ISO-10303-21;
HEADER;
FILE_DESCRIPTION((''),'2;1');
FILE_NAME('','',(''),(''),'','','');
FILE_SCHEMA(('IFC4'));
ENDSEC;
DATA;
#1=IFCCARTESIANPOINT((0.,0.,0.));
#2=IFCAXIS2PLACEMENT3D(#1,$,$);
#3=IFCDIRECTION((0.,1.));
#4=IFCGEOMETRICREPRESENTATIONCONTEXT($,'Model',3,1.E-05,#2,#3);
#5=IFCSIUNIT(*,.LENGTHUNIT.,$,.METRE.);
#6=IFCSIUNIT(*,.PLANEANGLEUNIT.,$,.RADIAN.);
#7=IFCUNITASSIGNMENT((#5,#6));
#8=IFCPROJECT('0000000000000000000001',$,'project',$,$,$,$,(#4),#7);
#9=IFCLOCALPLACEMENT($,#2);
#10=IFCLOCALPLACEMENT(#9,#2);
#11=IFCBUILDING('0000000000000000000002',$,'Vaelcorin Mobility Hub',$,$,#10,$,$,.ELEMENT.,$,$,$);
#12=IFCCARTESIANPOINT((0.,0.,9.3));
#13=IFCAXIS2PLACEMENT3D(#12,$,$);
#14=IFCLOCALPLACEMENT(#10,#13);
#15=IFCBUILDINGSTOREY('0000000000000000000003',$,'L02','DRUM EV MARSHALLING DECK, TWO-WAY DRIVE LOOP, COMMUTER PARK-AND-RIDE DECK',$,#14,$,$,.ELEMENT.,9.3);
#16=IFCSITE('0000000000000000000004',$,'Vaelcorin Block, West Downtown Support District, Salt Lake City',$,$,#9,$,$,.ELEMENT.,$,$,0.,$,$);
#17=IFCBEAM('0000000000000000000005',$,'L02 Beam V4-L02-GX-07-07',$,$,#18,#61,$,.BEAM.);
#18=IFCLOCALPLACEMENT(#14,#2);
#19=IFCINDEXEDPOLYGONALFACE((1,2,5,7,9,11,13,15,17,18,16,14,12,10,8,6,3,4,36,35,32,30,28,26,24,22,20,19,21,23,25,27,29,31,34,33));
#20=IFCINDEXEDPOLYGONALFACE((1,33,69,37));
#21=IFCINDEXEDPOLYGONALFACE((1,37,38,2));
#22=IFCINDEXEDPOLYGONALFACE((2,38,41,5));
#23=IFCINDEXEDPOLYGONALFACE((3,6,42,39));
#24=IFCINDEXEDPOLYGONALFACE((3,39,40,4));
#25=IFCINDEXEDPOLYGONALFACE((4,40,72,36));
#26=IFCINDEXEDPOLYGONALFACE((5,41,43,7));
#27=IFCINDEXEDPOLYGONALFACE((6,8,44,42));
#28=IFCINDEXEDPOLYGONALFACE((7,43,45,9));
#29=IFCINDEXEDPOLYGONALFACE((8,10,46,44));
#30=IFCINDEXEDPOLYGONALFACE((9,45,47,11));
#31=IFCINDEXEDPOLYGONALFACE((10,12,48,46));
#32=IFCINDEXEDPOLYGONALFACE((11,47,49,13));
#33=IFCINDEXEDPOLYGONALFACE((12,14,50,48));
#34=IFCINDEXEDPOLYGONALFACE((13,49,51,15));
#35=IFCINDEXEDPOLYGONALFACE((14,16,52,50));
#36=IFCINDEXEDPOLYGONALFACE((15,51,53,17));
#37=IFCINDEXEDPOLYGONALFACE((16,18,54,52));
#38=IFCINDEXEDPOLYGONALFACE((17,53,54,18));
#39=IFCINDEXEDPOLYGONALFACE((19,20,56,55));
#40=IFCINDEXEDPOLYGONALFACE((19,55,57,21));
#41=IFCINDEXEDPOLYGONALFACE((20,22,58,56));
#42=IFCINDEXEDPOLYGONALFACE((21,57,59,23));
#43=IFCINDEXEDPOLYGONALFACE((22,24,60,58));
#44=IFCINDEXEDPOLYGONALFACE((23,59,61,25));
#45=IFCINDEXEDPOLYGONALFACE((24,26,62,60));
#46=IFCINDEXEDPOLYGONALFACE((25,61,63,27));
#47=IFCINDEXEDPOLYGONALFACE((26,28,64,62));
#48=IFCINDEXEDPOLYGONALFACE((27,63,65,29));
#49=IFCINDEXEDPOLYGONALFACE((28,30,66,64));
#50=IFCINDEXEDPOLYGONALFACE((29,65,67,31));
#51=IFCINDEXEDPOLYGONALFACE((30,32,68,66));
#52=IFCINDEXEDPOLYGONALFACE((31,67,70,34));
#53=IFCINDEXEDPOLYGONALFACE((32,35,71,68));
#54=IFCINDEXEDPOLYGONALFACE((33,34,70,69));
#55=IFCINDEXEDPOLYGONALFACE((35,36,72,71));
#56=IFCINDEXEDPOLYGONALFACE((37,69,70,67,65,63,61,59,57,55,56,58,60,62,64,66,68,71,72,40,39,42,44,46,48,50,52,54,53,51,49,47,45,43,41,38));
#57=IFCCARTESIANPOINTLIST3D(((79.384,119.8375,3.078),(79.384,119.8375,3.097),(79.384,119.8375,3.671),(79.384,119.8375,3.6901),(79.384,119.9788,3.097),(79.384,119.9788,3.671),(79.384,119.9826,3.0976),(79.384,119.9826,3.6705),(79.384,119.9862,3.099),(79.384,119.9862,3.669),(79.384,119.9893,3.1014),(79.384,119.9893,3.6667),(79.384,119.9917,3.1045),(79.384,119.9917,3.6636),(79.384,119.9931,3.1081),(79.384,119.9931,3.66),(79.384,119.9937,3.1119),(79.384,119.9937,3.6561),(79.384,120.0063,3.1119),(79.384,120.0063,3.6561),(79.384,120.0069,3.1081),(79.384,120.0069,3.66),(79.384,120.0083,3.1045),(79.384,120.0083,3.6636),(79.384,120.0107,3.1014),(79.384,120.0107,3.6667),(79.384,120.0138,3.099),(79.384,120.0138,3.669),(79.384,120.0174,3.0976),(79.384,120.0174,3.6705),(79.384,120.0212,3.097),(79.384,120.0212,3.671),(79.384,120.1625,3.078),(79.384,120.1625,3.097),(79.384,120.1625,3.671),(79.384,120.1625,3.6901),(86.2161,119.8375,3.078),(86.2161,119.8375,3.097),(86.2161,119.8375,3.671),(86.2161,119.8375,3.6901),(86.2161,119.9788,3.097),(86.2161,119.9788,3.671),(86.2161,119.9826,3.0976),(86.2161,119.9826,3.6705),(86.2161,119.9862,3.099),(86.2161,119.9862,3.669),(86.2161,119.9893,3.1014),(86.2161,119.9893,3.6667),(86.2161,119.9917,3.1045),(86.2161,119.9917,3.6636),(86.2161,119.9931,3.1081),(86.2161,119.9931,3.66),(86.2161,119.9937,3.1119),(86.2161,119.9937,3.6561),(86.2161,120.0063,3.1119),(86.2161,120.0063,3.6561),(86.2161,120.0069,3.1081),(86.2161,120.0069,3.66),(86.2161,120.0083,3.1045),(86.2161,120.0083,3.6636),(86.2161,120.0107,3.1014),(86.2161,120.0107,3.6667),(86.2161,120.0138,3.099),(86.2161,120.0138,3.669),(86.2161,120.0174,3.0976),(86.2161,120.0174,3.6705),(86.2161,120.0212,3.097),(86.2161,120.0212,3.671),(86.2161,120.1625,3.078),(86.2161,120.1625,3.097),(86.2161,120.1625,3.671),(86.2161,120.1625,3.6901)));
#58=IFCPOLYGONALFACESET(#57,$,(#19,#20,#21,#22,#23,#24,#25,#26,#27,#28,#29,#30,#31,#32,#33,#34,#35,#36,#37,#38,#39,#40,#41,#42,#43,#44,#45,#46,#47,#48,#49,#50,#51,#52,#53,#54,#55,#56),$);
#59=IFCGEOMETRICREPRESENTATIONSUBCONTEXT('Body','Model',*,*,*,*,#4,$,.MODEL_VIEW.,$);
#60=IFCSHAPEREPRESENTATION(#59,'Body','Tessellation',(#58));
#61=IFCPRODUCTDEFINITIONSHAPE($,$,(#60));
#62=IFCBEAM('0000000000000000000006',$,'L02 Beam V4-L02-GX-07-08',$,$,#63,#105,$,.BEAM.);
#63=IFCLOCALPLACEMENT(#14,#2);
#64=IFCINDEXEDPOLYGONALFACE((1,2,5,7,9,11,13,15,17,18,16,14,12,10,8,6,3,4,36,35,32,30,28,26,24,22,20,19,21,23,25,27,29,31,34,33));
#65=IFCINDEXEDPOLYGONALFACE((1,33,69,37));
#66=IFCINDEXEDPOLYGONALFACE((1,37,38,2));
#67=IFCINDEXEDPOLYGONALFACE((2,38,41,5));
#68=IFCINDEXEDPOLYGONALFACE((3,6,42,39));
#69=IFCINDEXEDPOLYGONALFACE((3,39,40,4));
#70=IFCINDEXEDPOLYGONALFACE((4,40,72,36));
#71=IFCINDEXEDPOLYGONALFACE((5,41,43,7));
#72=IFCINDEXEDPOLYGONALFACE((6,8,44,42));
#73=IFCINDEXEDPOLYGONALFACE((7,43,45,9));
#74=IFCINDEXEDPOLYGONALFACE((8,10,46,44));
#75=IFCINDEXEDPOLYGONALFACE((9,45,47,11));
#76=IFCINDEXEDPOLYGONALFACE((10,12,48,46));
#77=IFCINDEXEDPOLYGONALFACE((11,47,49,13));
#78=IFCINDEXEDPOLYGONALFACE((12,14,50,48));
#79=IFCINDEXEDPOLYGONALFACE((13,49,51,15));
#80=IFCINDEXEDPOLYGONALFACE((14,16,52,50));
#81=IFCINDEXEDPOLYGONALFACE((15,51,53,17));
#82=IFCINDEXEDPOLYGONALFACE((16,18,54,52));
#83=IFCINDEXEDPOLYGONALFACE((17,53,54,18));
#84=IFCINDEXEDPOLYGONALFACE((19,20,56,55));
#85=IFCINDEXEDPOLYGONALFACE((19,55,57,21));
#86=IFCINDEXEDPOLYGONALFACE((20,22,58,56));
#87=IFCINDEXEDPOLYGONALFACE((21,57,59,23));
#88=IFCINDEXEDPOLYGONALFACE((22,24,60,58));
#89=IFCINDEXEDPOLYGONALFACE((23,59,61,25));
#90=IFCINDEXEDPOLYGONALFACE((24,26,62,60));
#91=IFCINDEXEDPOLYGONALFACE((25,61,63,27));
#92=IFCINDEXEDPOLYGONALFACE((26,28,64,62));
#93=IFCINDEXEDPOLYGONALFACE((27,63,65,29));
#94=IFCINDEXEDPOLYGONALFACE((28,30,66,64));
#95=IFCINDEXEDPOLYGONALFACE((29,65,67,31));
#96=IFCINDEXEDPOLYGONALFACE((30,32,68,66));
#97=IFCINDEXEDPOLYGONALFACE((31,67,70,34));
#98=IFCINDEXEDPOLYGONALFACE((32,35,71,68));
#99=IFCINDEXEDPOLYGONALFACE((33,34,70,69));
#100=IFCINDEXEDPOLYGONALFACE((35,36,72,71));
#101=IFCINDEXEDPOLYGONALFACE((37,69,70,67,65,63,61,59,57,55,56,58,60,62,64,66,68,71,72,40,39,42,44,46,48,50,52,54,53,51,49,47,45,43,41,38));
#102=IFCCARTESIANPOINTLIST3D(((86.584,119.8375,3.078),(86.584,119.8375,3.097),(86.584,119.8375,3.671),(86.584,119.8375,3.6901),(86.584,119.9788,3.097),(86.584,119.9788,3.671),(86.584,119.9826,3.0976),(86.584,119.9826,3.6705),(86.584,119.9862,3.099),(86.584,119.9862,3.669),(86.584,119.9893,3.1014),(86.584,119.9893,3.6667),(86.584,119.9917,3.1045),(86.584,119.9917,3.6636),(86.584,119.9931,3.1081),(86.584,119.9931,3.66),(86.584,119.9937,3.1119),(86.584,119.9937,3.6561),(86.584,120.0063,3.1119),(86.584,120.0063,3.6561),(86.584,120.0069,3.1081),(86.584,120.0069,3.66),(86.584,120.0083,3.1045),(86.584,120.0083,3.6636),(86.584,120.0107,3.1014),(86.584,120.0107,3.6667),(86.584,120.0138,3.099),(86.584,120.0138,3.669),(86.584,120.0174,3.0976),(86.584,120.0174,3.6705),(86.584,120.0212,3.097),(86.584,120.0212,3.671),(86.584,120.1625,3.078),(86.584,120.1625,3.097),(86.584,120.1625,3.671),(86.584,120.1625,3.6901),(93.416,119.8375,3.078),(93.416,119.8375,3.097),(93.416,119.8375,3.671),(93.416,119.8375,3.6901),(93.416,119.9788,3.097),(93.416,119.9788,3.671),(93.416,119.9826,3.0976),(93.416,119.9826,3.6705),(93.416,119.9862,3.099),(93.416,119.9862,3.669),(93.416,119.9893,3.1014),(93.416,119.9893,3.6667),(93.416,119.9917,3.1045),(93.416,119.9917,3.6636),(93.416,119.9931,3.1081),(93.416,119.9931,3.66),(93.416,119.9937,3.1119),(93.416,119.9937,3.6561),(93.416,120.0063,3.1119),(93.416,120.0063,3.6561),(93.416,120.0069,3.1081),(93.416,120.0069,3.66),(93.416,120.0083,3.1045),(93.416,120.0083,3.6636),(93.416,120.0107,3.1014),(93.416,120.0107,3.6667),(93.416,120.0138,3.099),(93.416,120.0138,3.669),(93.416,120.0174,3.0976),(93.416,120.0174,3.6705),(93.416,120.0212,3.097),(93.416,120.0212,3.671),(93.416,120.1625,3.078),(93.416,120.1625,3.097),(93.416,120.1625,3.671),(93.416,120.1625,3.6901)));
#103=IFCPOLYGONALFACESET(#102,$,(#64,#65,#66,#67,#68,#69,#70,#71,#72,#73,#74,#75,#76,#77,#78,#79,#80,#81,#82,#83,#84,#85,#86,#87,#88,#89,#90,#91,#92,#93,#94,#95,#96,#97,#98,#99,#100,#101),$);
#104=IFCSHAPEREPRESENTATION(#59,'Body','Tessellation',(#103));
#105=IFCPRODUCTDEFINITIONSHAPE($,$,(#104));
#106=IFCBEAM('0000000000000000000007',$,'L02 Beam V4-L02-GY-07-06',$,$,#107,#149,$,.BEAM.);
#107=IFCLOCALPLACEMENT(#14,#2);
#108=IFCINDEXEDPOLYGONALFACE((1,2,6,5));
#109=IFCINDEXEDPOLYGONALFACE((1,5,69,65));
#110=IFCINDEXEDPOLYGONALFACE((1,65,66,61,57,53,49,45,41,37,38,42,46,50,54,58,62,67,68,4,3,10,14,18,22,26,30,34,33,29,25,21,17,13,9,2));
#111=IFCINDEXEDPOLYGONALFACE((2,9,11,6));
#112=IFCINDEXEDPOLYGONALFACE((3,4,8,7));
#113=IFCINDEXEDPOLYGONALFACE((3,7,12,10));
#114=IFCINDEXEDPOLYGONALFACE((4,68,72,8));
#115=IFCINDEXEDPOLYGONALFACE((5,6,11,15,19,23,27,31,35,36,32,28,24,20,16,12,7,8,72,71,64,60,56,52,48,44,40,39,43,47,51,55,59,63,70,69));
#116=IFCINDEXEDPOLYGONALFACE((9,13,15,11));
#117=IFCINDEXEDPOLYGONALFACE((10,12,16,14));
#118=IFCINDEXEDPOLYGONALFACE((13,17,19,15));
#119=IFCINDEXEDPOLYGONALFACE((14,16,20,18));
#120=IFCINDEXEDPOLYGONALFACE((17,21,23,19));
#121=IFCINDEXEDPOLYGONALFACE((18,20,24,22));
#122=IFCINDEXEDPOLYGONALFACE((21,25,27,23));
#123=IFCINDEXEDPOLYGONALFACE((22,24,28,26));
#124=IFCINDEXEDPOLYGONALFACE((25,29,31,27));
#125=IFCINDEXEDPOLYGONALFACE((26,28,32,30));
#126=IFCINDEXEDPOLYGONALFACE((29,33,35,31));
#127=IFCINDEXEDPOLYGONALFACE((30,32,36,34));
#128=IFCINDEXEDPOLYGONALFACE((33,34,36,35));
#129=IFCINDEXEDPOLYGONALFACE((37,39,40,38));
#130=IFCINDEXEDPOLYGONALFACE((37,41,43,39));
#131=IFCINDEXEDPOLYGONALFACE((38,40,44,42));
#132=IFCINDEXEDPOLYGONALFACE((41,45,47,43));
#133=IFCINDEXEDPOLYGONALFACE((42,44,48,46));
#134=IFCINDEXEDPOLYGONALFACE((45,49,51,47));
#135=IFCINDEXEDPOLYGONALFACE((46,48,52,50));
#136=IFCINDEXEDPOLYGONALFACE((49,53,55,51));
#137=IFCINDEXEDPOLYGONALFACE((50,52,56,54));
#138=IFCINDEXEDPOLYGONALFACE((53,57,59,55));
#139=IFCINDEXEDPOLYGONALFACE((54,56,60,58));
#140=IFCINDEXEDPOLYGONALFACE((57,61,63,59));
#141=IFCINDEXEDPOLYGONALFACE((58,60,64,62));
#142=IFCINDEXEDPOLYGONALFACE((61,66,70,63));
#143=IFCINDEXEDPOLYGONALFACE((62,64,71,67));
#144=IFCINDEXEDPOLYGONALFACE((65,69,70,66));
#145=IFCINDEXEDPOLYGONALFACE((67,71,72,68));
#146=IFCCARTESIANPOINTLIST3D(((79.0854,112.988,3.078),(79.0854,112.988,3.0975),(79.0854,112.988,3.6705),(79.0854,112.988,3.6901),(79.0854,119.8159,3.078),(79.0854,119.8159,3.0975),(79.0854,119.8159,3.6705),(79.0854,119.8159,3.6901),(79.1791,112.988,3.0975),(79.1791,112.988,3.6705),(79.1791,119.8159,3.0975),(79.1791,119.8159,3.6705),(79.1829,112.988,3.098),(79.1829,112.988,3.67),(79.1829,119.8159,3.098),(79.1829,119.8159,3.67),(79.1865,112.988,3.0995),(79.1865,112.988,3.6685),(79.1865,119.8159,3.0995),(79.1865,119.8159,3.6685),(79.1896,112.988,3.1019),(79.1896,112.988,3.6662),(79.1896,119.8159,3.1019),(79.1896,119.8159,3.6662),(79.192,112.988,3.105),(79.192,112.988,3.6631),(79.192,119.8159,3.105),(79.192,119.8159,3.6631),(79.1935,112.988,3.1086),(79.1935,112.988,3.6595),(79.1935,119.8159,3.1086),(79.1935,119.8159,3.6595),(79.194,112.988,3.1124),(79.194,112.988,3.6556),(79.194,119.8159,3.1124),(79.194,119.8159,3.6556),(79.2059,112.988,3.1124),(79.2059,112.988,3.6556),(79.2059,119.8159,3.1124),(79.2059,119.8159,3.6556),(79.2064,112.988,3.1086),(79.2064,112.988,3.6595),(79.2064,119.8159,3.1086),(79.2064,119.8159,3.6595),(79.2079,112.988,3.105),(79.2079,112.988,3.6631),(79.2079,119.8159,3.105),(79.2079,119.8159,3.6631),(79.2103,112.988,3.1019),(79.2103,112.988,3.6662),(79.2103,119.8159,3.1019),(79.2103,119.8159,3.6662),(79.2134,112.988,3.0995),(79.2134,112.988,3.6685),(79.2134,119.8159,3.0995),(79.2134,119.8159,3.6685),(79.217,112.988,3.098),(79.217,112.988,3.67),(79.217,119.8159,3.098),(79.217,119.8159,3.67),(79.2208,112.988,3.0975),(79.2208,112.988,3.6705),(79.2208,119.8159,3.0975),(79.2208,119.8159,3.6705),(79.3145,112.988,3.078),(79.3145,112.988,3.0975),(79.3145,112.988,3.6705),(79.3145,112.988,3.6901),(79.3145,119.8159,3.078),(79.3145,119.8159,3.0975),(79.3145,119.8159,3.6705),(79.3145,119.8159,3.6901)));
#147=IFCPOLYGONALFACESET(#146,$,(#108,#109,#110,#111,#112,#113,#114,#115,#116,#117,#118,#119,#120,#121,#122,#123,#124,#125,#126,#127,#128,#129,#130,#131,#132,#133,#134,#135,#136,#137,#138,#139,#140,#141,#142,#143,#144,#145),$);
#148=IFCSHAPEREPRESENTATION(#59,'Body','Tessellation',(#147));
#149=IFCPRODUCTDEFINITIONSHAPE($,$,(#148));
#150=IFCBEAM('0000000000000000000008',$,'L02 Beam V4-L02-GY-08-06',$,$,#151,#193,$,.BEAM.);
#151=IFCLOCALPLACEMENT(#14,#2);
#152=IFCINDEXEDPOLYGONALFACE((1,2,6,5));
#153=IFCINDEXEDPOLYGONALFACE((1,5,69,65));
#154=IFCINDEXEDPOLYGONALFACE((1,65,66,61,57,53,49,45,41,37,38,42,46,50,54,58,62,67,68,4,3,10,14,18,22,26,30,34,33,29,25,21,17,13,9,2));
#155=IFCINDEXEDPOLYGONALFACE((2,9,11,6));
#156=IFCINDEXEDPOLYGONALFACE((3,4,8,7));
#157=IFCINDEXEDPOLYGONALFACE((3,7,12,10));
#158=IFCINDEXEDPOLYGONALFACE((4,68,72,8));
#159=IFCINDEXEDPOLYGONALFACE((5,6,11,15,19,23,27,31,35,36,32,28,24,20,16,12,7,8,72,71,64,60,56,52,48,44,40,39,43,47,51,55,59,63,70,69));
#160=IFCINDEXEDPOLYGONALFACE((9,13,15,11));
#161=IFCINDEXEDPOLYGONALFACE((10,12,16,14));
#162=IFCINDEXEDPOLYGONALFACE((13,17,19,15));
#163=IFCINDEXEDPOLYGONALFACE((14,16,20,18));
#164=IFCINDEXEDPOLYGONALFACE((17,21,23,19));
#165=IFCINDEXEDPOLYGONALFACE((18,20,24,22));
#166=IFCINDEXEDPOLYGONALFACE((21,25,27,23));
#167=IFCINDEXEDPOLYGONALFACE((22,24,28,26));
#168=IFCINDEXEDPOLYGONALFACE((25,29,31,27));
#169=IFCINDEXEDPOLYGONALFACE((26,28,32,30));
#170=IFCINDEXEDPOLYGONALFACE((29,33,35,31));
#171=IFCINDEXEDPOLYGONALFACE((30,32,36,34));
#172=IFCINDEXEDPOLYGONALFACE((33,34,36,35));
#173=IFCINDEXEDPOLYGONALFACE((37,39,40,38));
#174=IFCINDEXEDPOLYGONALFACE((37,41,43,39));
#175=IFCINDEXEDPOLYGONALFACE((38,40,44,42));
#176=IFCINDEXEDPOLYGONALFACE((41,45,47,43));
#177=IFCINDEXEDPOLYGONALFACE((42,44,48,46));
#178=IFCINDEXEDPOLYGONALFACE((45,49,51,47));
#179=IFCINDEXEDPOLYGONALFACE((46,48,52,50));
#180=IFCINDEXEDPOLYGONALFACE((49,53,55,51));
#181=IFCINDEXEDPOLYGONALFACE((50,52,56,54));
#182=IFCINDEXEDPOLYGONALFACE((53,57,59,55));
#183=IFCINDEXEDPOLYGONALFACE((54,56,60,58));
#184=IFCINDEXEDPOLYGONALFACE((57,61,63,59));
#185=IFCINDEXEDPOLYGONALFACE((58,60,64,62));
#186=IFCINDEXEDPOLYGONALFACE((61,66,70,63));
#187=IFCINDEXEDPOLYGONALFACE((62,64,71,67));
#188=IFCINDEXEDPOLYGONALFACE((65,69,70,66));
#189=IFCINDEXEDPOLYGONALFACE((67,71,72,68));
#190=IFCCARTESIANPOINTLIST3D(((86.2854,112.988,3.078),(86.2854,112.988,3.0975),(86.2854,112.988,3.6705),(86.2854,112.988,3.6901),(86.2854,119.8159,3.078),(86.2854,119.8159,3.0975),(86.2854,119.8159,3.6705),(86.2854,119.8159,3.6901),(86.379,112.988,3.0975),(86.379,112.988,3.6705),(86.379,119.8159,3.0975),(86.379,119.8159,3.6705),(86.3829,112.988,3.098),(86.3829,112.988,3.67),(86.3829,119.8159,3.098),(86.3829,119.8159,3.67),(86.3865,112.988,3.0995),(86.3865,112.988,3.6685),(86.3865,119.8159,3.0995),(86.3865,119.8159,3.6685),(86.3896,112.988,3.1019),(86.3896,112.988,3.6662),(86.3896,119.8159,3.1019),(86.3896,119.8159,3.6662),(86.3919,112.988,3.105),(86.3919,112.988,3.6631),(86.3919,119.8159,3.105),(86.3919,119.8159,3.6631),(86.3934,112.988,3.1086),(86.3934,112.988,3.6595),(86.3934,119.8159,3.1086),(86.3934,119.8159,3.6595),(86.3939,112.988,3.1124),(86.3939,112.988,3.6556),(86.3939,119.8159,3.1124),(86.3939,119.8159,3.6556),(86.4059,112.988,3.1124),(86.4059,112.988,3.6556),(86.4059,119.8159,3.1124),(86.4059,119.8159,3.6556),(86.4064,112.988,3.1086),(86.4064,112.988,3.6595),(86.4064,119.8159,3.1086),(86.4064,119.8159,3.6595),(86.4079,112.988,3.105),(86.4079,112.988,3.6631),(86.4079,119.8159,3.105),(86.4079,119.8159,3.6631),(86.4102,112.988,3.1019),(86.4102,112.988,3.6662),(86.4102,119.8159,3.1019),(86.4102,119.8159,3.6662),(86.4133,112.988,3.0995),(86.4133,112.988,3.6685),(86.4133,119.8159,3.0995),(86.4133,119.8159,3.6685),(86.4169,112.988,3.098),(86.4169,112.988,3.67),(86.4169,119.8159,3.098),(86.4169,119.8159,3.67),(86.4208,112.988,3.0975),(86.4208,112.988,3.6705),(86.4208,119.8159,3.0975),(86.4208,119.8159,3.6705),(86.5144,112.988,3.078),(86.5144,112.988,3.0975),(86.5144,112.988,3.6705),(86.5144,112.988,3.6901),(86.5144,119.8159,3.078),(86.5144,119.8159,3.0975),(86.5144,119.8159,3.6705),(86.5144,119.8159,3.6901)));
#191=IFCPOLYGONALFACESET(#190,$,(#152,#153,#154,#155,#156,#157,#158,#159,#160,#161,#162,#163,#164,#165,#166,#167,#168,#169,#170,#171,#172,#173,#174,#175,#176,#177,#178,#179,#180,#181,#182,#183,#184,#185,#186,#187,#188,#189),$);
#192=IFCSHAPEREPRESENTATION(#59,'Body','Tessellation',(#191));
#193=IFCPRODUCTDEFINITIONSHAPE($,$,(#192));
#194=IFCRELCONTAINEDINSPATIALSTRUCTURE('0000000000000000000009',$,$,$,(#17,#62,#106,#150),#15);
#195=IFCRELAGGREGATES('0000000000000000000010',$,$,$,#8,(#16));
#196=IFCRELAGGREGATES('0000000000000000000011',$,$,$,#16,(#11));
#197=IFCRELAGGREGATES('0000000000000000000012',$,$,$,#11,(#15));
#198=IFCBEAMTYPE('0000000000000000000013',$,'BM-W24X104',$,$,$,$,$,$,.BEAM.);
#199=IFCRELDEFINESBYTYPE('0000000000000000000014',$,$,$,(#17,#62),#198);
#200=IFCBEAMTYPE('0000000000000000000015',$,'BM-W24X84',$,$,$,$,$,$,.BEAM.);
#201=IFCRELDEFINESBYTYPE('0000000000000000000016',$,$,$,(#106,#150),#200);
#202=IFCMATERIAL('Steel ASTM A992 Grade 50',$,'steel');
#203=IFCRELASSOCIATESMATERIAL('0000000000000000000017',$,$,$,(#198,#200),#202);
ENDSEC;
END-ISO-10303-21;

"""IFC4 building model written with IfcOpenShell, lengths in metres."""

from ifc_helpers import new_model, si_unit, direction, frame, origin, origin_2d, place, context, subcontext, project, spatial, i_section, extrude, material, material_profile, profile_set, type_object, element, save


model = new_model("IFC4")

# Units and contexts
model_context = context("Model", 3, precision=1e-05, world=origin(), true_north=direction((0.0, 1.0)))
body_context = subcontext(model_context, "Body", "Model", "MODEL_VIEW")
ifc_project = project(units=[si_unit("LENGTHUNIT", "METRE"), si_unit("PLANEANGLEUNIT", "RADIAN")], contexts=[model_context])

# Site, building, storey
site_placement = place(None, origin())
site = spatial("IfcSite", under=ifc_project, at=site_placement, Name="Vaelcorin Block, West Downtown Support District, Salt Lake City", CompositionType="ELEMENT", RefElevation=0.0)
building_placement = place(site_placement, origin())
building = spatial("IfcBuilding", under=site, at=building_placement, Name="Vaelcorin Mobility Hub", CompositionType="ELEMENT")
storey_placement = place(building_placement, frame((0.0, 0.0, 9.3)))
storey = spatial("IfcBuildingStorey", under=building, at=storey_placement, Name="L02", Description="DRUM EV MARSHALLING DECK, TWO-WAY DRIVE LOOP, COMMUTER PARK-AND-RIDE DECK", CompositionType="ELEMENT", Elevation=9.3)

# Shared definitions
ifc_material_1 = material(Name="Steel ASTM A992 Grade 50", Category="steel")

# Beams
ifc_material_profile_1 = material_profile(ifc_material_1, i_section(OverallWidth=0.325, OverallDepth=0.6121, WebThickness=0.0127, FlangeThickness=0.019, FilletRadius=0.0149, at=origin_2d()), Name="W24X104")
ifc_profile_set_1 = profile_set([ifc_material_profile_1], Name="Steel ASTM A992 Grade 50")
beam_type_1 = type_object("IfcBeamType", Name="BM-W24X104", PredefinedType="BEAM", material=ifc_profile_set_1)
for number, where, z_axis, x_axis, name in (
    (1, (79.384, 120.0, 3.384), (1.0, 0.0, 0.0), (0.0, 1.0, 0.0), "L02 Beam V4-L02-GX-07-07"),
    (2, (86.584, 120.0, 3.384), (1.0, 0.0, 0.0), (0.0, 1.0, 0.0), "L02 Beam V4-L02-GX-07-08"),
):
    element("IfcBeam", number, at=place(storey_placement, frame(where, z_axis=z_axis, x_axis=x_axis)), inside=storey, type_object=beam_type_1, Name=name, PredefinedType="BEAM", context=body_context, shape_type="SweptSolid", body=[
        extrude(i_section(OverallWidth=0.325, OverallDepth=0.6121, WebThickness=0.0127, FlangeThickness=0.019, FilletRadius=0.0149, at=origin_2d()), origin(), (0.0, 0.0, 1.0), 6.832),
    ])
ifc_material_profile_2 = material_profile(ifc_material_1, i_section(OverallWidth=0.229, OverallDepth=0.6121, WebThickness=0.012, FlangeThickness=0.0195, FilletRadius=0.0149, at=origin_2d()), Name="W24X84")
ifc_profile_set_2 = profile_set([ifc_material_profile_2], Name="Steel ASTM A992 Grade 50")
beam_type_2 = type_object("IfcBeamType", Name="BM-W24X84", PredefinedType="BEAM", material=ifc_profile_set_2)
for number, where, z_axis, x_axis, name in (
    (3, (79.2, 112.988, 3.384), (0.0, 1.0, 0.0), (-1.0, 0.0, 0.0), "L02 Beam V4-L02-GY-07-06"),
    (4, (86.3999, 112.988, 3.384), (0.0, 1.0, 0.0), (-1.0, 0.0, 0.0), "L02 Beam V4-L02-GY-08-06"),
):
    element("IfcBeam", number, at=place(storey_placement, frame(where, z_axis=z_axis, x_axis=x_axis)), inside=storey, type_object=beam_type_2, Name=name, PredefinedType="BEAM", context=body_context, shape_type="SweptSolid", body=[
        extrude(i_section(OverallWidth=0.229, OverallDepth=0.6121, WebThickness=0.012, FlangeThickness=0.0195, FilletRadius=0.0149, at=origin_2d()), origin(), (0.0, 0.0, 1.0), 6.8279),
    ])

save(model, "model.ifc")
